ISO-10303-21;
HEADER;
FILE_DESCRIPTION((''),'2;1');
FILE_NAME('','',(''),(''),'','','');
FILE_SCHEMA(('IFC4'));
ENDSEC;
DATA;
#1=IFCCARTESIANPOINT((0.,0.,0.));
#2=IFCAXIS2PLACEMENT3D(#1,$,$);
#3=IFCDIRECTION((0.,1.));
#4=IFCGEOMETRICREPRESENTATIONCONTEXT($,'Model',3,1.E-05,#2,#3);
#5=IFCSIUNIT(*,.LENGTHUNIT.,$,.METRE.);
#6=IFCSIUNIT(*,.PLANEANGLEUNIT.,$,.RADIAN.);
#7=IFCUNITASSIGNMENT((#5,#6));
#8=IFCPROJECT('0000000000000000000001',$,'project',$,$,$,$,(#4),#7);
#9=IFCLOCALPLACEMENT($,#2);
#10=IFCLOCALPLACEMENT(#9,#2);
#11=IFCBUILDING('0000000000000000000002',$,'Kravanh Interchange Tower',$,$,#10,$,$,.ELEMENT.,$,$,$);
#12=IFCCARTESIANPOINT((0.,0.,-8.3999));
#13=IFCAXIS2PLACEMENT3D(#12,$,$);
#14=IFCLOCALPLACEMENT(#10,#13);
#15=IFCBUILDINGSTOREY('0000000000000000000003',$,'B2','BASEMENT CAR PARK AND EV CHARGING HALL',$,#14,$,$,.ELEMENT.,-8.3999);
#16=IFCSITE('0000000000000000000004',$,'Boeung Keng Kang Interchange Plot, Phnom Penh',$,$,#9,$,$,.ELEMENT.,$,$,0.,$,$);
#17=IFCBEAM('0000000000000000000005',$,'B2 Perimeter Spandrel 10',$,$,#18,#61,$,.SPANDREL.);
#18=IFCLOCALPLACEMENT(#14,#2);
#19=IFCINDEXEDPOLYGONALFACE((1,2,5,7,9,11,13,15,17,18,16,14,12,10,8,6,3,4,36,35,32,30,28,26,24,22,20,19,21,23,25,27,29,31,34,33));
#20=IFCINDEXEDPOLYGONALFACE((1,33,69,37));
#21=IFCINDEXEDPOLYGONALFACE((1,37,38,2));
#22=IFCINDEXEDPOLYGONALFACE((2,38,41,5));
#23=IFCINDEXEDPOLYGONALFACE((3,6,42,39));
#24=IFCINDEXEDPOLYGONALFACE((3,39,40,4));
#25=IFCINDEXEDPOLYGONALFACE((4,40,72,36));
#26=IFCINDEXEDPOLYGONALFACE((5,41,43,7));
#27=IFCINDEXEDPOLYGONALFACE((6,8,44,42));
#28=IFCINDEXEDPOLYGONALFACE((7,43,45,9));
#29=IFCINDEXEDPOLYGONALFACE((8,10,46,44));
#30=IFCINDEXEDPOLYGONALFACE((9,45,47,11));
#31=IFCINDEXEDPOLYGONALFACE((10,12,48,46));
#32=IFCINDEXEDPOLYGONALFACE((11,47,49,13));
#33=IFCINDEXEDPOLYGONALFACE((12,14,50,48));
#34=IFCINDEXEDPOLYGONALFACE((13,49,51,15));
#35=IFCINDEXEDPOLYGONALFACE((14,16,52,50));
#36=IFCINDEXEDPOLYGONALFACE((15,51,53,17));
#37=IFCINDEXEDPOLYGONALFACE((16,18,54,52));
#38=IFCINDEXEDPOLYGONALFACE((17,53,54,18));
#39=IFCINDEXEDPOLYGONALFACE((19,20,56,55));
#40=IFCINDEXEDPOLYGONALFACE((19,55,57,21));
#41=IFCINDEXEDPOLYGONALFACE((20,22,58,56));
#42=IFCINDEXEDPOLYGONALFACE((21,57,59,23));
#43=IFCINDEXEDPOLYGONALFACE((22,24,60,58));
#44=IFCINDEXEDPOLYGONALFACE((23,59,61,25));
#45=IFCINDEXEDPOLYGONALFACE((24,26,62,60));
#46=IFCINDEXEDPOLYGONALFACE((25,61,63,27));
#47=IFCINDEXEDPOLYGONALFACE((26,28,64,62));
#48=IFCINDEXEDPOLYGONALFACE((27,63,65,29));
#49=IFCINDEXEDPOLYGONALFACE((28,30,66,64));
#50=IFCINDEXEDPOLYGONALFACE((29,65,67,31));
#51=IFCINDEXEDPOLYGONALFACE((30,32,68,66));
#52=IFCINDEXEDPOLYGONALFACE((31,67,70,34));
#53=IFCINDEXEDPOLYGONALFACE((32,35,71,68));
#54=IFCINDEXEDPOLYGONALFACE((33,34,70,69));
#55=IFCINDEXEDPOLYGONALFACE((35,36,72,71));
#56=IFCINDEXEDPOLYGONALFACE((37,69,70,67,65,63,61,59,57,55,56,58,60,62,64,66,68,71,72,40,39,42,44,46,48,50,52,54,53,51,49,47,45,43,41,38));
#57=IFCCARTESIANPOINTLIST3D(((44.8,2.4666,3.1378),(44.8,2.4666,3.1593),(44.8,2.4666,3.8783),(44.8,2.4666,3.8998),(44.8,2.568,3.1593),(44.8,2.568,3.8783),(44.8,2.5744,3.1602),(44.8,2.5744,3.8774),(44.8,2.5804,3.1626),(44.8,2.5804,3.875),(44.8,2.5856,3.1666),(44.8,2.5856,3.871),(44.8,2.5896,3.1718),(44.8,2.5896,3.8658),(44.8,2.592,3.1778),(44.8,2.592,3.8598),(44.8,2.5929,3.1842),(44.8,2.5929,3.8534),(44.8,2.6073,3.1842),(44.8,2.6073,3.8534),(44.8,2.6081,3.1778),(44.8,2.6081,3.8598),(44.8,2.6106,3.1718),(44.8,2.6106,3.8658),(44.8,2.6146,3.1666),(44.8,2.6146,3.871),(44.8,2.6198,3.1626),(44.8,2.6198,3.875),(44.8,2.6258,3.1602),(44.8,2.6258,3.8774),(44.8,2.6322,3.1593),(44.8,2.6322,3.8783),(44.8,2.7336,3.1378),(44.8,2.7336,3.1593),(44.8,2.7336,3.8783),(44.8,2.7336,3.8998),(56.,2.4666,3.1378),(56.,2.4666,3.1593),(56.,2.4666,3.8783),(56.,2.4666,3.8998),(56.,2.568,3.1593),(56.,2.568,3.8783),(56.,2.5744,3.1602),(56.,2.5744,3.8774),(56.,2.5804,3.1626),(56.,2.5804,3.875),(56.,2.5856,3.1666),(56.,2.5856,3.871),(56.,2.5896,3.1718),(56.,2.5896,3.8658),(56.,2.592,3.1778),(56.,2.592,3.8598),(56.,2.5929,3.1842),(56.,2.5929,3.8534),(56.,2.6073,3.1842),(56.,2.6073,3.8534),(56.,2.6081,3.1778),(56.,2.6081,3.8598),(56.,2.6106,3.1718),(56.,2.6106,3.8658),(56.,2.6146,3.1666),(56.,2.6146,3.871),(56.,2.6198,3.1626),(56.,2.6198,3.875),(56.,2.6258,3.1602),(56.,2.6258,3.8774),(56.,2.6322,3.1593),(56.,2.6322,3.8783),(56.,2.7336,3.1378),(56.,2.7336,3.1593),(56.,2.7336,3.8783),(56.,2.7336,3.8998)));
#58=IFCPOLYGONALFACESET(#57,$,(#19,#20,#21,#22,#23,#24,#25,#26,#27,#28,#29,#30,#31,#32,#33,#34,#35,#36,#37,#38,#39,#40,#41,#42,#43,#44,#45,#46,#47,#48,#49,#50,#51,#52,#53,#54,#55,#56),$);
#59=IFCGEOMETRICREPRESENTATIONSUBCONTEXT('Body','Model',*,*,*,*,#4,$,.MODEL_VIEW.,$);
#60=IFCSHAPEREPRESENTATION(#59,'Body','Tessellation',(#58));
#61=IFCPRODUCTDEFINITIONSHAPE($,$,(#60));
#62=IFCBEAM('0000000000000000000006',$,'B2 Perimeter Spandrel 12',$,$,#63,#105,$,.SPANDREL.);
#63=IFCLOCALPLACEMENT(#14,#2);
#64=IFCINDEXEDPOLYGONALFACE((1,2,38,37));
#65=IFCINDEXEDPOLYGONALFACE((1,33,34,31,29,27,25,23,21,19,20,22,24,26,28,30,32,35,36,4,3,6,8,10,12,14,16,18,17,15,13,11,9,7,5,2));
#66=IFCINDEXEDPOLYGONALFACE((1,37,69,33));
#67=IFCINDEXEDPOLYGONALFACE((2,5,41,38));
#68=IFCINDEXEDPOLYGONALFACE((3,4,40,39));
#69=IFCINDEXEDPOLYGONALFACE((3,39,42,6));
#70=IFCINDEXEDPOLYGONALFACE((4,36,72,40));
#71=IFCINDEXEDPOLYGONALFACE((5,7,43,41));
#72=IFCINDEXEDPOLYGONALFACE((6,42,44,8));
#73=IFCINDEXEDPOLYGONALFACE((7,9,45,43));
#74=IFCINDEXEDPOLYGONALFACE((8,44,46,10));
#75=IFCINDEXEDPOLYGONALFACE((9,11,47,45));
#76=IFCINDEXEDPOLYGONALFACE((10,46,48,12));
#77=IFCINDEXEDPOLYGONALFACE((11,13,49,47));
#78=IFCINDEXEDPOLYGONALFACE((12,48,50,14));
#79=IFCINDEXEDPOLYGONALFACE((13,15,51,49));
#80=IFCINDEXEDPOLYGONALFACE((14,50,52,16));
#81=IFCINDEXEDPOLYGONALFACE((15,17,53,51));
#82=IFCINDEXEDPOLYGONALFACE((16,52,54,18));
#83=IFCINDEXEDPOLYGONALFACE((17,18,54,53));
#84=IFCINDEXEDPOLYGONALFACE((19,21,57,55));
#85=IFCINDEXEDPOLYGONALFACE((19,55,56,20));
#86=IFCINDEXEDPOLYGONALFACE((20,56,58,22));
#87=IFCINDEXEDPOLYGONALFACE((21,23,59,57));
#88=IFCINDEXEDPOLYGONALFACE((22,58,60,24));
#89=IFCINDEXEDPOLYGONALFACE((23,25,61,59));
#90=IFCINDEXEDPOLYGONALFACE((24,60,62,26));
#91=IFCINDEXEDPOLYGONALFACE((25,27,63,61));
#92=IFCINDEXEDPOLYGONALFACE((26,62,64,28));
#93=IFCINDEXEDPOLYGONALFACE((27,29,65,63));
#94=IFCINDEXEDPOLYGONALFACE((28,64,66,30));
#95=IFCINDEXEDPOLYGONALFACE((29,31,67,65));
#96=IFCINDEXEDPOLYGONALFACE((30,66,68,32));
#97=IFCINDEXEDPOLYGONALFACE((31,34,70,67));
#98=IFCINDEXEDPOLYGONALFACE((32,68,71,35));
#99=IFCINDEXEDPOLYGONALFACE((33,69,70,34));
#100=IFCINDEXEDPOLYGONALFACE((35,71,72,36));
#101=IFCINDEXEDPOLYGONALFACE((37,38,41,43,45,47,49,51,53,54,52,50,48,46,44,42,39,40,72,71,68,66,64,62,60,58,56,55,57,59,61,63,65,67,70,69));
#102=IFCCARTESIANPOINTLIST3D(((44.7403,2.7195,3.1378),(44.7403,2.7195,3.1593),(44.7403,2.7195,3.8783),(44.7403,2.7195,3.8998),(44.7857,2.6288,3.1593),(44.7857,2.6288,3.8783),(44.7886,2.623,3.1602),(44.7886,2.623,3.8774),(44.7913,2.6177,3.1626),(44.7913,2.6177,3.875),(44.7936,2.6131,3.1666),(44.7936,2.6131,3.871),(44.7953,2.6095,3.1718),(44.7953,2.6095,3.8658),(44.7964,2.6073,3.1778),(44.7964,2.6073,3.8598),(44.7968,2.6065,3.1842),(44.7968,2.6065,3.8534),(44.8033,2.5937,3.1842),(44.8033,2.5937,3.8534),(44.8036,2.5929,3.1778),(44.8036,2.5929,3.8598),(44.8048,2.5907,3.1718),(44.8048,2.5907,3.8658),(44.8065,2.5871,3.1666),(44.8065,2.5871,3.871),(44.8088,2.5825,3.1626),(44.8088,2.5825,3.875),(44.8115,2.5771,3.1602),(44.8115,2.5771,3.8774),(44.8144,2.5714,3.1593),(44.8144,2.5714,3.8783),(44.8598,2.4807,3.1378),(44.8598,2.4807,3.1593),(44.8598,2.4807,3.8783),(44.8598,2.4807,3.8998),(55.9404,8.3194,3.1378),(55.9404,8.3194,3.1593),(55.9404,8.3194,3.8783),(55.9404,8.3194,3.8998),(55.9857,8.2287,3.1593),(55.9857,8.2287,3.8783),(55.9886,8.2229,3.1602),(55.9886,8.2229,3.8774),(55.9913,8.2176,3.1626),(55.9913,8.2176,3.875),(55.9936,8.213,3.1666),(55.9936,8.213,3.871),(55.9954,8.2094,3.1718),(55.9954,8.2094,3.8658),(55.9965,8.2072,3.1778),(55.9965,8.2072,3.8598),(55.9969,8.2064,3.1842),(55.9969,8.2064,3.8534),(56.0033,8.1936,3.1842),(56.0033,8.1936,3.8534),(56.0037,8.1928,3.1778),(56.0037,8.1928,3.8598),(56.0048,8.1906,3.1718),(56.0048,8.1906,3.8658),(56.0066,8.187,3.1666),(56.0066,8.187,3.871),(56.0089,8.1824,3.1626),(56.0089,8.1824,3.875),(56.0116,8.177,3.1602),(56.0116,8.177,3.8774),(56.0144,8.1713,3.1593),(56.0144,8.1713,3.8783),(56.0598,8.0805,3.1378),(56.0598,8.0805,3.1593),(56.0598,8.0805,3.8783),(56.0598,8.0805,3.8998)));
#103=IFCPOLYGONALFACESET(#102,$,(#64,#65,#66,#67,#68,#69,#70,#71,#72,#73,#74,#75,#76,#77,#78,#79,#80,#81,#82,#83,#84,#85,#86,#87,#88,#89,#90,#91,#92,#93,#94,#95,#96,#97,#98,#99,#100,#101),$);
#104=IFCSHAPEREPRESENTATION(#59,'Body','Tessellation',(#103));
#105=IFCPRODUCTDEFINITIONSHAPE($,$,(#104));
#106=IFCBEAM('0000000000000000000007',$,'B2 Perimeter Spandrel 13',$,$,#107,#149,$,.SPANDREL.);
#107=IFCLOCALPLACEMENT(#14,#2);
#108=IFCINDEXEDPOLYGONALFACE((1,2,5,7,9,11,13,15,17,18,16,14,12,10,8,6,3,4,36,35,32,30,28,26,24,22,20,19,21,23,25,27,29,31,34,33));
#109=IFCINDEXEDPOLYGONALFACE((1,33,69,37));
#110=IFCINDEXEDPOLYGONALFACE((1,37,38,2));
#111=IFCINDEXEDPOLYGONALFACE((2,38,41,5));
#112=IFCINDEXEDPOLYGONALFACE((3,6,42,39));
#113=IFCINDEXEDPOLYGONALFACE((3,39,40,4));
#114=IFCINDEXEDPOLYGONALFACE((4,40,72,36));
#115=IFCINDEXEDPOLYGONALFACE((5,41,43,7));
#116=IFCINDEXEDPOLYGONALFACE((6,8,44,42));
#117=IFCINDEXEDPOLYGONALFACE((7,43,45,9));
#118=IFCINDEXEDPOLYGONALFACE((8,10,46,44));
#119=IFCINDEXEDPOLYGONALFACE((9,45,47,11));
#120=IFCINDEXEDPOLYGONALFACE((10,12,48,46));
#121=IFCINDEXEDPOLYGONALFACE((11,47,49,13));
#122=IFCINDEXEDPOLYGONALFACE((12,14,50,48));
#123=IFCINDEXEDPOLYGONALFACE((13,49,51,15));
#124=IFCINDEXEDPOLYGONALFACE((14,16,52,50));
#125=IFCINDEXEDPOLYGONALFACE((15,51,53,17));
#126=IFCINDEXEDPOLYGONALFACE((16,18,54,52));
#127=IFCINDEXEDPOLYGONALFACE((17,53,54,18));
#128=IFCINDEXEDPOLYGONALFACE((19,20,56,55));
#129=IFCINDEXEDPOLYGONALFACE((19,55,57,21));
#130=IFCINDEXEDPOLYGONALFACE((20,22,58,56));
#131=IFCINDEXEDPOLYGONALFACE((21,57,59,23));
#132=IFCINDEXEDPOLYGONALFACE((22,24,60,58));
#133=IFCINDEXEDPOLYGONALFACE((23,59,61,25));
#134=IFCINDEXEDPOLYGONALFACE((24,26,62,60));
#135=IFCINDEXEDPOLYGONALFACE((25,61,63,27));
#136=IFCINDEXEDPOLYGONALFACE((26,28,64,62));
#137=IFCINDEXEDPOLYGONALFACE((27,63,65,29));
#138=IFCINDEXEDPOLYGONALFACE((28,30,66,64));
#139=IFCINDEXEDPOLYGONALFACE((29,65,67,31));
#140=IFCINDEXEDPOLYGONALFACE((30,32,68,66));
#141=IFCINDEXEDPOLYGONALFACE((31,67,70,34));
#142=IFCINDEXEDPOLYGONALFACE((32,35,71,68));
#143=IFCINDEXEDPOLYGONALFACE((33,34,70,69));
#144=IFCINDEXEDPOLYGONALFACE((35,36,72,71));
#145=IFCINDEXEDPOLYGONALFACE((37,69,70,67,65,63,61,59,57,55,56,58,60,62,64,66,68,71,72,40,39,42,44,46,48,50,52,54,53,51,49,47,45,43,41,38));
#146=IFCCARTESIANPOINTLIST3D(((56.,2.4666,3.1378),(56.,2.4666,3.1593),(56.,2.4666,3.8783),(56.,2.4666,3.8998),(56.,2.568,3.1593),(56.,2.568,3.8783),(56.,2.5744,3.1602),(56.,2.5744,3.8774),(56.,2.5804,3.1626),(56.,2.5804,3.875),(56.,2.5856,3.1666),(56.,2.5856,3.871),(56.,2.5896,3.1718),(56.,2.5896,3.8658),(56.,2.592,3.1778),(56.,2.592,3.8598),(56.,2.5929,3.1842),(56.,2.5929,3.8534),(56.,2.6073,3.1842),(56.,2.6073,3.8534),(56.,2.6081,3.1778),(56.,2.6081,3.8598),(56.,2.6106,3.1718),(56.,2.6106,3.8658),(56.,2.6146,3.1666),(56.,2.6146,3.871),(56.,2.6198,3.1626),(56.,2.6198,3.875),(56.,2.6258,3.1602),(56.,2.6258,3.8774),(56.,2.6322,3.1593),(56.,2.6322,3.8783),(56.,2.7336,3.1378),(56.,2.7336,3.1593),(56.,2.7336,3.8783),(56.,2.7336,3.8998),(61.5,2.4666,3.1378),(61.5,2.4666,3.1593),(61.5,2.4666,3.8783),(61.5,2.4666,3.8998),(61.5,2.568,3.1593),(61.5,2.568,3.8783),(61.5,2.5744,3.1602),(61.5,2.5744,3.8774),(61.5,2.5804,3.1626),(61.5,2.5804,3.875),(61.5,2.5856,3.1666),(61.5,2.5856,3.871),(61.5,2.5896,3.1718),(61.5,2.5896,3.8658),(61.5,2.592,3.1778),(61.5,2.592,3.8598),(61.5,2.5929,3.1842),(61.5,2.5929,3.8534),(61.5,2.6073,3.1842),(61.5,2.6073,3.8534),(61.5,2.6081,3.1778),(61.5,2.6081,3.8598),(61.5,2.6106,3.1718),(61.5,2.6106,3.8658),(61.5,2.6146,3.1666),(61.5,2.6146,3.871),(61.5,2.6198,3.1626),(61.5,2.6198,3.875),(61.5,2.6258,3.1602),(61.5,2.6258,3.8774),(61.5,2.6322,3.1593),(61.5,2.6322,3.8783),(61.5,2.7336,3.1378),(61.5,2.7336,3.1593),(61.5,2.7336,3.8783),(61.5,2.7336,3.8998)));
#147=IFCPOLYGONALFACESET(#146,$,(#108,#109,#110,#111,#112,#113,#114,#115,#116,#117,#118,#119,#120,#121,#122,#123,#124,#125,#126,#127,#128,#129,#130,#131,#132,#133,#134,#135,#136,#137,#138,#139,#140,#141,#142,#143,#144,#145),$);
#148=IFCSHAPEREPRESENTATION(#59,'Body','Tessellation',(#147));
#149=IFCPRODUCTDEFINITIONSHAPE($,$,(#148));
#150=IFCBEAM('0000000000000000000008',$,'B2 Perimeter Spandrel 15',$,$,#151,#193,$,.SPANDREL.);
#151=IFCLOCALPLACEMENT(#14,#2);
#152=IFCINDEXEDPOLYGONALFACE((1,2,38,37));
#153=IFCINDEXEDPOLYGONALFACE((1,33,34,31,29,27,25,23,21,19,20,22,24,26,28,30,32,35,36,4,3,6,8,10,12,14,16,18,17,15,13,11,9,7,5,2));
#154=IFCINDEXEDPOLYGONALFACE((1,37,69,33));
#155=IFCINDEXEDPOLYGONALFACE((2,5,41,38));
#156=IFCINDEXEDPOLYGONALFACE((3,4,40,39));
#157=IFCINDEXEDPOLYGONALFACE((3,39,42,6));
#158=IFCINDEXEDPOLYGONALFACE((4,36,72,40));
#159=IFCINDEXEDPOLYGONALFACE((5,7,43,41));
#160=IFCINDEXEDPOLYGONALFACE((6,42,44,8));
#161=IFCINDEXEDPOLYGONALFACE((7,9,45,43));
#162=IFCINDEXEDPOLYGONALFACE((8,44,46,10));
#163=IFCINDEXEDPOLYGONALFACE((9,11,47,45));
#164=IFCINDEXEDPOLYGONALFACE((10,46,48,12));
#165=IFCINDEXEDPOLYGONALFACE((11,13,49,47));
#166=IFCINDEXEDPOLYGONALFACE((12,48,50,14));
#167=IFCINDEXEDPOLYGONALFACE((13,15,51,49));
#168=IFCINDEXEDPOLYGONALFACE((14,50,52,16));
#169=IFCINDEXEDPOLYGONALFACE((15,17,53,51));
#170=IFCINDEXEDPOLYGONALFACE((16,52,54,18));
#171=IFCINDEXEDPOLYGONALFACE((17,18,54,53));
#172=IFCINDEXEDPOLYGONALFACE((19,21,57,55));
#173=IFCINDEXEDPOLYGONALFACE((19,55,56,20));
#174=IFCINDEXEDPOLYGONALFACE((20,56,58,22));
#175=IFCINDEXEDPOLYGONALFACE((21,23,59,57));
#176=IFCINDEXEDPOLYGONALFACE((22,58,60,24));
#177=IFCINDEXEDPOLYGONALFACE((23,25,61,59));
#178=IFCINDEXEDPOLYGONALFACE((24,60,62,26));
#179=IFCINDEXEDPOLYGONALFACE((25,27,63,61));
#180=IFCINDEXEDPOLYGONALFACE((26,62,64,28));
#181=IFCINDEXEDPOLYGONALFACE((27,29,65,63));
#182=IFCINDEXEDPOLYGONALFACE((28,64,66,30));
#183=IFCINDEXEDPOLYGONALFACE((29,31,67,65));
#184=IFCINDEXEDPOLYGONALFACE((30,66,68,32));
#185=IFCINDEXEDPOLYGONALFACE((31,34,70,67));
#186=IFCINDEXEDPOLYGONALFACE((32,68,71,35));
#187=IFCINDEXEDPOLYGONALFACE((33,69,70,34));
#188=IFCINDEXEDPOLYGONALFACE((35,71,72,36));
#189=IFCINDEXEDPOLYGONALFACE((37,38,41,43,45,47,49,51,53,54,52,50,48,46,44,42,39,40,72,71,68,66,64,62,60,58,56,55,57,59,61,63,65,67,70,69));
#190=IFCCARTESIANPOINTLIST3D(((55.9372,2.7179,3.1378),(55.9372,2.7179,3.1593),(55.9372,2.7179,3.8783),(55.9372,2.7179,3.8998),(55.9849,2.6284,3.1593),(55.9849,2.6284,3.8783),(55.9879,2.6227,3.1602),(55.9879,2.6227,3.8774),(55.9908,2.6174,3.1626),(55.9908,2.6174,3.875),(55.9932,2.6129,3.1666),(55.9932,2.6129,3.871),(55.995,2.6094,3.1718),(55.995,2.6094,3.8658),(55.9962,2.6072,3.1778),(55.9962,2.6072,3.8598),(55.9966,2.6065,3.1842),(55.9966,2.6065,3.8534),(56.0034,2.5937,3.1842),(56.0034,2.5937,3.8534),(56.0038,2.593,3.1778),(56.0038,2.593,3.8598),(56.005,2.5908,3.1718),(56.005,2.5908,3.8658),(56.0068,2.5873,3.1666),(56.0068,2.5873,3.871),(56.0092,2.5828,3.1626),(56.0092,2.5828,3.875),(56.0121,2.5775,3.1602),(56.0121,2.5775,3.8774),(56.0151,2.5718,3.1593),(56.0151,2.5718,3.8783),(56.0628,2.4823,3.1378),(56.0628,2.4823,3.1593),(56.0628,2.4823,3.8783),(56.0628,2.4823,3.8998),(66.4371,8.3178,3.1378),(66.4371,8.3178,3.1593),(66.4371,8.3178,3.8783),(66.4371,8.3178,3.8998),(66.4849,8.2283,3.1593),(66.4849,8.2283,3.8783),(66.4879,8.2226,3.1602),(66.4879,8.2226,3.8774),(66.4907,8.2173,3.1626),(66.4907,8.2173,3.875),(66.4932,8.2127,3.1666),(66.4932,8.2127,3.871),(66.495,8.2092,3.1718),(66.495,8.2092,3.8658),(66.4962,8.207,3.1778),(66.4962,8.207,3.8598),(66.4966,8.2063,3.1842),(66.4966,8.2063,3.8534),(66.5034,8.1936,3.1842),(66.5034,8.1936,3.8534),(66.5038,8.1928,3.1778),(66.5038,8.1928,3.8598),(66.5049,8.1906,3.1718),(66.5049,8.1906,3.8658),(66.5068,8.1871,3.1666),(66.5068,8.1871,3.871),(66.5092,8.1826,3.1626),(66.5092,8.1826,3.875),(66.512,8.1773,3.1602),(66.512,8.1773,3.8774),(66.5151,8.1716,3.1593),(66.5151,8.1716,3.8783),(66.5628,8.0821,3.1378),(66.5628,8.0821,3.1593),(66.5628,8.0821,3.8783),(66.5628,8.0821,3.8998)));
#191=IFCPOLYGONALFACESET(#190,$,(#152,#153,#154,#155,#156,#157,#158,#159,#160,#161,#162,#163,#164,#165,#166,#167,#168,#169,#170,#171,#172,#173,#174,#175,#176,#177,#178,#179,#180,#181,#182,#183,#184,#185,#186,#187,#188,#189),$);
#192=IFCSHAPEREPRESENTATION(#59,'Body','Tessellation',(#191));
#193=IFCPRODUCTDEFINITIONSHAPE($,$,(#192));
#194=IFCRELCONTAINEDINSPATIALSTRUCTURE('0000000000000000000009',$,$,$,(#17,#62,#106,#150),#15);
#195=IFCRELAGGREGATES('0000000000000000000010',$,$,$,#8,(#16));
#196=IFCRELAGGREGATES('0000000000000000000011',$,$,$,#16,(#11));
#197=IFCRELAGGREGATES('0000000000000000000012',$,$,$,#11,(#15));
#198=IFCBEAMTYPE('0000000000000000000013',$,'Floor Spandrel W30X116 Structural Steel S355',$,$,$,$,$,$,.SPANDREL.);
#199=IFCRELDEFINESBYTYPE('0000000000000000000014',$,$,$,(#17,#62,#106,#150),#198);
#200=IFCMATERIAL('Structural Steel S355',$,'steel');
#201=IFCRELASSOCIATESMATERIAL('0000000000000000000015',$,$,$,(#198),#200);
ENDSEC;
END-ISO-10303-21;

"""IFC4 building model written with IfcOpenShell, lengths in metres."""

from ifc_helpers import new_model, si_unit, direction, frame, origin, origin_2d, place, context, subcontext, project, spatial, i_section, extrude, material, material_profile, profile_set, type_object, element, save


model = new_model("IFC4")

# Units and contexts
model_context = context("Model", 3, precision=1e-05, world=origin(), true_north=direction((0.0, 1.0)))
body_context = subcontext(model_context, "Body", "Model", "MODEL_VIEW")
ifc_project = project(units=[si_unit("LENGTHUNIT", "METRE"), si_unit("PLANEANGLEUNIT", "RADIAN")], contexts=[model_context])

# Site, building, storey
site_placement = place(None, origin())
site = spatial("IfcSite", under=ifc_project, at=site_placement, Name="Boeung Keng Kang Interchange Plot, Phnom Penh", CompositionType="ELEMENT", RefElevation=0.0)
building_placement = place(site_placement, origin())
building = spatial("IfcBuilding", under=site, at=building_placement, Name="Kravanh Interchange Tower", CompositionType="ELEMENT")
storey_placement = place(building_placement, frame((0.0, 0.0, -8.3999)))
storey = spatial("IfcBuildingStorey", under=building, at=storey_placement, Name="B2", Description="BASEMENT CAR PARK AND EV CHARGING HALL", CompositionType="ELEMENT", Elevation=-8.3999)

# Beams
ifc_material_1 = material(Name="Structural Steel S355", Category="steel")
ifc_material_profile_1 = material_profile(ifc_material_1, i_section(OverallWidth=0.2671, OverallDepth=0.762, WebThickness=0.0144, FlangeThickness=0.0215, FilletRadius=0.0249, at=origin_2d()), Name="W30X116")
ifc_profile_set_1 = profile_set([ifc_material_profile_1], Name="Structural Steel S355")
beam_type_1 = type_object("IfcBeamType", Name="Floor Spandrel W30X116 Structural Steel S355", PredefinedType="SPANDREL", material=ifc_profile_set_1)
beam_1_placement = place(storey_placement, frame((44.8, 2.6001, 3.5188), z_axis=(1.0, 0.0, 0.0), x_axis=(0.0, 1.0, 0.0)))
element("IfcBeam", 1, at=beam_1_placement, inside=storey, type_object=beam_type_1, Name="B2 Perimeter Spandrel 10", PredefinedType="SPANDREL", context=body_context, shape_type="SweptSolid", body=[
    extrude(i_section(OverallWidth=0.2671, OverallDepth=0.762, WebThickness=0.0144, FlangeThickness=0.0215, FilletRadius=0.0249, at=origin_2d()), origin(), (0.0, 0.0, 1.0), 11.2),
])
beam_2_placement = place(storey_placement, frame((44.8, 2.6001, 3.5188), z_axis=(0.894431, 0.447206, 0.0), x_axis=(-0.447206, 0.894431, 0.0)))
element("IfcBeam", 2, at=beam_2_placement, inside=storey, type_object=beam_type_1, Name="B2 Perimeter Spandrel 12", PredefinedType="SPANDREL", context=body_context, shape_type="SweptSolid", body=[
    extrude(i_section(OverallWidth=0.2671, OverallDepth=0.762, WebThickness=0.0144, FlangeThickness=0.0215, FilletRadius=0.0249, at=origin_2d()), origin(), (0.0, 0.0, 1.0), 12.522),
])
beam_3_placement = place(storey_placement, frame((56.0, 2.6001, 3.5188), z_axis=(1.0, 0.0, 0.0), x_axis=(0.0, 1.0, 0.0)))
element("IfcBeam", 3, at=beam_3_placement, inside=storey, type_object=beam_type_1, Name="B2 Perimeter Spandrel 13", PredefinedType="SPANDREL", context=body_context, shape_type="SweptSolid", body=[
    extrude(i_section(OverallWidth=0.2671, OverallDepth=0.762, WebThickness=0.0144, FlangeThickness=0.0215, FilletRadius=0.0249, at=origin_2d()), origin(), (0.0, 0.0, 1.0), 5.5),
])
beam_4_placement = place(storey_placement, frame((56.0, 2.6001, 3.5188), z_axis=(0.882358, 0.470579, 0.0), x_axis=(-0.470579, 0.882358, 0.0)))
element("IfcBeam", 4, at=beam_4_placement, inside=storey, type_object=beam_type_1, Name="B2 Perimeter Spandrel 15", PredefinedType="SPANDREL", context=body_context, shape_type="SweptSolid", body=[
    extrude(i_section(OverallWidth=0.2671, OverallDepth=0.762, WebThickness=0.0144, FlangeThickness=0.0215, FilletRadius=0.0249, at=origin_2d()), origin(), (0.0, 0.0, 1.0), 11.8999),
])

save(model, "model.ifc")
